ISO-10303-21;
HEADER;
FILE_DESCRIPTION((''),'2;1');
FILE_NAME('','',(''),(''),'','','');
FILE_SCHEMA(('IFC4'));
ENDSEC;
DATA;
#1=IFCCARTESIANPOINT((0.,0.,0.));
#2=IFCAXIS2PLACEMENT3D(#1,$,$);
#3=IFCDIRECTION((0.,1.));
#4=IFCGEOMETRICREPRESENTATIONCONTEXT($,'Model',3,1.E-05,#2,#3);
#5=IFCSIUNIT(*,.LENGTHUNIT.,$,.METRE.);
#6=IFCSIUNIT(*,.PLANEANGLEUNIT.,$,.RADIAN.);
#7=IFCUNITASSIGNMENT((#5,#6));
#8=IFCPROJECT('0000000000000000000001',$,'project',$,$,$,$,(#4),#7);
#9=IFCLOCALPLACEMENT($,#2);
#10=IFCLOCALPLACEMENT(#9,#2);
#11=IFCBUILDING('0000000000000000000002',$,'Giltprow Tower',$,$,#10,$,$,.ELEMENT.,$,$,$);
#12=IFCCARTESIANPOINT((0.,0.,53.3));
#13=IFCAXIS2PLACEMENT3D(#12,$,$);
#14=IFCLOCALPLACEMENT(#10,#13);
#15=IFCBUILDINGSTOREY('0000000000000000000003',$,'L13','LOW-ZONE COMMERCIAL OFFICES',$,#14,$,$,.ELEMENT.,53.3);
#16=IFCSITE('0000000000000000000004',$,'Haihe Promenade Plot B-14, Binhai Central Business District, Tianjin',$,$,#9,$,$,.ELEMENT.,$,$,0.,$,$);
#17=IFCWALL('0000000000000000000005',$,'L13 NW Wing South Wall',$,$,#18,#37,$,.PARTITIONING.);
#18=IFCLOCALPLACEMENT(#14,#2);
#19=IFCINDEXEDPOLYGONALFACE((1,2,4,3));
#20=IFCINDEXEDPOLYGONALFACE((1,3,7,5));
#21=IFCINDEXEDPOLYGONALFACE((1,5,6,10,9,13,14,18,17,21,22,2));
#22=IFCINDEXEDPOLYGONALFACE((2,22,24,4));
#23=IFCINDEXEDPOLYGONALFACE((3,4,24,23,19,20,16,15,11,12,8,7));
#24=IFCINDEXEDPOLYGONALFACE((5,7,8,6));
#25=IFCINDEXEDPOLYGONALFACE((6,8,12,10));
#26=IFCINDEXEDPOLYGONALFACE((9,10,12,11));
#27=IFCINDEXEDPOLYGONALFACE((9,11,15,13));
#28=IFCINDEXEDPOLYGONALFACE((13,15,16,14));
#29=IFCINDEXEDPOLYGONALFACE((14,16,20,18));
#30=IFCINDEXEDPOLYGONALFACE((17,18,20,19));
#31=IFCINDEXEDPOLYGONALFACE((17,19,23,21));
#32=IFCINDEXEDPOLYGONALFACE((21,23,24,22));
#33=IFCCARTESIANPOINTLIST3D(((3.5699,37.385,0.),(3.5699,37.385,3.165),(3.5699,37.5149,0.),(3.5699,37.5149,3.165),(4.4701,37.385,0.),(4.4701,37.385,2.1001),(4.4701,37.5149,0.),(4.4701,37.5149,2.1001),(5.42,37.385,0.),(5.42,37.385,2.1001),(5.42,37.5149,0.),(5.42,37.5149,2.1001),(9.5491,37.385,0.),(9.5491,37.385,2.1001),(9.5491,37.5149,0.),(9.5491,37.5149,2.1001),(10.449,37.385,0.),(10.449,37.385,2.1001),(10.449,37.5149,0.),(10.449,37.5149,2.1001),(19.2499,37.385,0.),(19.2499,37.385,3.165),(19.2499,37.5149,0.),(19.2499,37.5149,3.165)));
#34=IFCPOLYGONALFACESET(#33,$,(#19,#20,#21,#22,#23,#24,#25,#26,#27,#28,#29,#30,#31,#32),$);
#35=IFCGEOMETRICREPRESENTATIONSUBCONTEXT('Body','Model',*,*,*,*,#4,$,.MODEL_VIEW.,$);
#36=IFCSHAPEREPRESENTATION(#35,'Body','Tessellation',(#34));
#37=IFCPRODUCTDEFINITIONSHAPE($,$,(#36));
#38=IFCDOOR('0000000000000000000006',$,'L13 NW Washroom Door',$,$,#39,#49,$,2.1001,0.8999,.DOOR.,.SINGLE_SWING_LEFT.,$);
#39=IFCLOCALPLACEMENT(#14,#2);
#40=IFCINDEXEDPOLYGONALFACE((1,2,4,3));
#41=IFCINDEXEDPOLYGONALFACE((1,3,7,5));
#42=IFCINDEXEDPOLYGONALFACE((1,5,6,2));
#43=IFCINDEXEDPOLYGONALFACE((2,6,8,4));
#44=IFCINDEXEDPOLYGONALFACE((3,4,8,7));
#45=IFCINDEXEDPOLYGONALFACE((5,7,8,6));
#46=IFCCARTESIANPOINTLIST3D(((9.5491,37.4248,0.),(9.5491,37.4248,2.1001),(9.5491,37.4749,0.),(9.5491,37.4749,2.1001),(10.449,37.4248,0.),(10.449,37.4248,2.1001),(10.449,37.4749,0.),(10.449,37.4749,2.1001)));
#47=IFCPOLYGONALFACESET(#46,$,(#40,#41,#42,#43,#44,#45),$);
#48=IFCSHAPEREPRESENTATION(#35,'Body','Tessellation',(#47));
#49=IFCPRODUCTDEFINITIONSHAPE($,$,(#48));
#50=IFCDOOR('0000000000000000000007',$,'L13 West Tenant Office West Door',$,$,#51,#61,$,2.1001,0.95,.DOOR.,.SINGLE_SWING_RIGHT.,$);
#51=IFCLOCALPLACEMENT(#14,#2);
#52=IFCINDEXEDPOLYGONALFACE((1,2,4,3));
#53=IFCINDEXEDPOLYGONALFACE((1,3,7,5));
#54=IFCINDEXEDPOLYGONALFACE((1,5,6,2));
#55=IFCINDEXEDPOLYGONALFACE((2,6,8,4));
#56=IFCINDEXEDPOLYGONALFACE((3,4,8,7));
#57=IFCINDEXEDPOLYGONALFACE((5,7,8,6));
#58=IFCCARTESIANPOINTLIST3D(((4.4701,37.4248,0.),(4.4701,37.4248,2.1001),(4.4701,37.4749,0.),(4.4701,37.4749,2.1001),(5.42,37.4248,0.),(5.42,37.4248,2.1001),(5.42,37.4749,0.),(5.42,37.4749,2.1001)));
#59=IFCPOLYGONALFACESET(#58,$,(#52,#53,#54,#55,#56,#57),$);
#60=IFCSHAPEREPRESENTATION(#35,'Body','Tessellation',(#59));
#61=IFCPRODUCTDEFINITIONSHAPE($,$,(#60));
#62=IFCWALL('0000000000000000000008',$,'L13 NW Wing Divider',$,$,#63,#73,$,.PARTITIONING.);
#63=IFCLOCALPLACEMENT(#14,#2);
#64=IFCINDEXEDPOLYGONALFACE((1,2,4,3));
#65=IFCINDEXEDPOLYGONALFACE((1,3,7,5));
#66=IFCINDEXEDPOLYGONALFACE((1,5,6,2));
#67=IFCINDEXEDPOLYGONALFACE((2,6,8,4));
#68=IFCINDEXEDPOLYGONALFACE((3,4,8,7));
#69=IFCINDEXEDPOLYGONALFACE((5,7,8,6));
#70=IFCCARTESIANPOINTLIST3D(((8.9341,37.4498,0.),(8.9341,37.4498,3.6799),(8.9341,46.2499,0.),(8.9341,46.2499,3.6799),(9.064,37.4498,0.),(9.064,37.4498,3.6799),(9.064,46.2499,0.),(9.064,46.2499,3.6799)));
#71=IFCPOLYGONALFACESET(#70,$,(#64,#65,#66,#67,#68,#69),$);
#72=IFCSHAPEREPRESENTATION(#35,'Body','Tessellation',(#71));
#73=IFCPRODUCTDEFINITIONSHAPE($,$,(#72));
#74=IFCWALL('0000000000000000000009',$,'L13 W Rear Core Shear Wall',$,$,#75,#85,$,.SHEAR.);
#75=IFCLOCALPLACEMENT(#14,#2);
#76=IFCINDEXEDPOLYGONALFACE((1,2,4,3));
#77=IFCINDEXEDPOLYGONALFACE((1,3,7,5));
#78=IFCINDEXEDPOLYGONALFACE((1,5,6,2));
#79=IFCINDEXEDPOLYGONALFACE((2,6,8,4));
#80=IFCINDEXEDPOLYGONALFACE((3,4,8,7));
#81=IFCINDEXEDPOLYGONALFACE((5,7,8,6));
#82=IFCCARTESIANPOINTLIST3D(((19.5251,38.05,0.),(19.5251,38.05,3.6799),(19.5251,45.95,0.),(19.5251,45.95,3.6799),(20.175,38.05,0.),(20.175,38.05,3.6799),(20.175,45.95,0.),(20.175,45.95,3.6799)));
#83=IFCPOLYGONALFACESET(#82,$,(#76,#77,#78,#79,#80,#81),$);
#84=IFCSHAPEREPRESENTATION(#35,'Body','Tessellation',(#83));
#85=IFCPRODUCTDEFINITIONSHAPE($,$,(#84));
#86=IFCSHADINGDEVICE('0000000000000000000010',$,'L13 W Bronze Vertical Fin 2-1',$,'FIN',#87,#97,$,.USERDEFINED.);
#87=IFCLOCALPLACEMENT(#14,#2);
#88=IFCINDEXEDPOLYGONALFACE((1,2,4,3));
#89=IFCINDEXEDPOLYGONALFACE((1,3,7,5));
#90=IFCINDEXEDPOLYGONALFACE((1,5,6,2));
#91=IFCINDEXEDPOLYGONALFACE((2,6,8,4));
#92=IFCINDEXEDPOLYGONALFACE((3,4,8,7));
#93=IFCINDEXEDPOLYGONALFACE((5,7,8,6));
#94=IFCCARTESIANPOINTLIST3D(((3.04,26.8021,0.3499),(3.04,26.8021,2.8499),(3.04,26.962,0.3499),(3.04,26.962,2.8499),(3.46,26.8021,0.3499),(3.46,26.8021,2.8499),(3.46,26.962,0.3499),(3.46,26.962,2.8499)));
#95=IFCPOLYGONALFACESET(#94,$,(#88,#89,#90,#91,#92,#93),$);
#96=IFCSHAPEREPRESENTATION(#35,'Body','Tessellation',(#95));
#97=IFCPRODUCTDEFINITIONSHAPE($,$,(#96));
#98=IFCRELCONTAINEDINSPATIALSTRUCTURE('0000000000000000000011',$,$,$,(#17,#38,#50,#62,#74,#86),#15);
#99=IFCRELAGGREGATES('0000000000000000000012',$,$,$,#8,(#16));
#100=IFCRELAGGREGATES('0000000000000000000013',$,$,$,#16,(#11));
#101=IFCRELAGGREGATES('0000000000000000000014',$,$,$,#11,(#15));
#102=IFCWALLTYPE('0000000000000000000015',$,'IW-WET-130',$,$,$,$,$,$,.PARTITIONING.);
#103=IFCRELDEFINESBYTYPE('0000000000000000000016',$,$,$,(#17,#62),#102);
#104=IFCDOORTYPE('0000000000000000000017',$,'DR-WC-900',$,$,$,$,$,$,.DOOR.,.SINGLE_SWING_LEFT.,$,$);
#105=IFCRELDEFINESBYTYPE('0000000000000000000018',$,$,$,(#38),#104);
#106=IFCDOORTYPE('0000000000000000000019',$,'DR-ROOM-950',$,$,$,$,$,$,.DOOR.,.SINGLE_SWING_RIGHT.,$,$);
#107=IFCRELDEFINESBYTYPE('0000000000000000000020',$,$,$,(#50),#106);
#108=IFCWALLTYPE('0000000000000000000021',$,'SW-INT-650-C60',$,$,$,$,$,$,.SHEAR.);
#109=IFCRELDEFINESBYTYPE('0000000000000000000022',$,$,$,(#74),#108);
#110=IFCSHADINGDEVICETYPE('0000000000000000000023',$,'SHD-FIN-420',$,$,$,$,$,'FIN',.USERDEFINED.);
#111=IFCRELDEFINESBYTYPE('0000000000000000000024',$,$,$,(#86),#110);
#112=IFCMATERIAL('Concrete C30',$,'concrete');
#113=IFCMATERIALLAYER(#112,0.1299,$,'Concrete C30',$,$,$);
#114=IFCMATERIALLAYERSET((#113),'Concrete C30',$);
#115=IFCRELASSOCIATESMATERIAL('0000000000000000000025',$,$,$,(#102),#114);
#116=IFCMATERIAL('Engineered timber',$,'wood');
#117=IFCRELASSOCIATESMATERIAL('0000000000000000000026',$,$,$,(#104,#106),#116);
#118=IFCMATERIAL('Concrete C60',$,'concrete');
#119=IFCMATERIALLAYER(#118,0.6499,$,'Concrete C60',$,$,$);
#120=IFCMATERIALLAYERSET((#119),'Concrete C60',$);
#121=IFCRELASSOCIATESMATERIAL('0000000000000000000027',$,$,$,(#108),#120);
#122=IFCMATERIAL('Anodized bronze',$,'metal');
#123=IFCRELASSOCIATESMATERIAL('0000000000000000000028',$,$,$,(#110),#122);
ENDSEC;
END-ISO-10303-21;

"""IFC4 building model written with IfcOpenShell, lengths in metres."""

from ifc_helpers import new_model, si_unit, direction, frame, frame_2d, origin, origin_2d, place, context, subcontext, project, spatial, rectangle, extrude, source, transform, mapped, material, layer, layer_set, type_object, element, fill, save


model = new_model("IFC4")

# Units and contexts
model_context = context("Model", 3, precision=1e-05, world=origin(), true_north=direction((0.0, 1.0)))
body_context = subcontext(model_context, "Body", "Model", "MODEL_VIEW")
ifc_project = project(units=[si_unit("LENGTHUNIT", "METRE"), si_unit("PLANEANGLEUNIT", "RADIAN")], contexts=[model_context])

# Site, building, storey
site_placement = place(None, origin())
site = spatial("IfcSite", under=ifc_project, at=site_placement, Name="Haihe Promenade Plot B-14, Binhai Central Business District, Tianjin", CompositionType="ELEMENT", RefElevation=0.0)
building_placement = place(site_placement, origin())
building = spatial("IfcBuilding", under=site, at=building_placement, Name="Giltprow Tower", CompositionType="ELEMENT")
storey_placement = place(building_placement, frame((0.0, 0.0, 53.3)))
storey = spatial("IfcBuildingStorey", under=building, at=storey_placement, Name="L13", Description="LOW-ZONE COMMERCIAL OFFICES", CompositionType="ELEMENT", Elevation=53.3)

# Shared definitions
ifc_material_1 = material(Name="Concrete C60", Category="concrete")

# Shared definitions
ifc_material_2 = material(Name="Engineered timber", Category="wood")

# Wall, openings, doors
ifc_material_3 = material(Name="Concrete C30", Category="concrete")
ifc_layer_1 = layer(ifc_material_3, 0.1299, Name="Concrete C30")
ifc_layer_set_1 = layer_set([ifc_layer_1], Name="Concrete C30")
wall_type_1 = type_object("IfcWallType", Name="IW-WET-130", PredefinedType="PARTITIONING", material=ifc_layer_set_1)
wall_1_placement = place(storey_placement, frame((3.5701, 37.45, 0.0), z_axis=(0.0, 0.0, 1.0), x_axis=(1.0, 0.0, 0.0)))
wall_1 = element("IfcWall", 1, at=wall_1_placement, inside=storey, type_object=wall_type_1, Name="L13 NW Wing South Wall", PredefinedType="PARTITIONING", context=body_context, shape_type="SweptSolid", body=[
    extrude(rectangle(XDim=15.6799, YDim=0.1299, at=frame_2d((7.8398, 0.0))), origin(), (0.0, 0.0, 1.0), 3.165),
])
opening_1_placement = place(wall_1_placement, frame((0.8999, 0.0, 0.0)))
opening_1 = element("IfcOpeningElement", 2, at=opening_1_placement, cuts=wall_1, PredefinedType="OPENING", context=body_context, shape_type="SweptSolid", body=[
    extrude(rectangle(XDim=0.95, YDim=2.1001, at=frame_2d((0.4751, 1.05))), frame((0.0, 0.075, 0.0), z_axis=(0.0, -1.0, 0.0), x_axis=(1.0, 0.0, 0.0)), (0.0, 0.0, 1.0), 0.1499),
])
opening_2_placement = place(wall_1_placement, frame((5.979, 0.0, 0.0)))
opening_2 = element("IfcOpeningElement", 3, at=opening_2_placement, cuts=wall_1, PredefinedType="OPENING", context=body_context, shape_type="SweptSolid", body=[
    extrude(rectangle(XDim=0.8999, YDim=2.1001, at=frame_2d((0.45, 1.05))), frame((0.0, 0.075, 0.0), z_axis=(0.0, -1.0, 0.0), x_axis=(1.0, 0.0, 0.0)), (0.0, 0.0, 1.0), 0.1499),
])
door_type_1 = type_object("IfcDoorType", Name="DR-WC-900", OperationType="SINGLE_SWING_LEFT", PredefinedType="DOOR", material=ifc_material_2)
shared_shape_1 = source(origin(), body_context, "Body", "SweptSolid", [
    extrude(rectangle(XDim=0.8999, YDim=2.1001, at=frame_2d((0.45, 1.05))), frame((0.0, 0.0249, 0.0), z_axis=(0.0, -1.0, 0.0), x_axis=(1.0, 0.0, 0.0)), (0.0, 0.0, 1.0), 0.05),
])
door_1_placement = place(opening_2_placement, origin())
door_1 = element("IfcDoor", 4, at=door_1_placement, inside=storey, type_object=door_type_1, Name="L13 NW Washroom Door", OperationType="SINGLE_SWING_LEFT", OverallHeight=2.1001, OverallWidth=0.8999, PredefinedType="DOOR", context=body_context, shape_type="MappedRepresentation", body=[
    mapped(shared_shape_1, transform((0.0, 0.0, 0.0), x_axis=(1.0, 0.0, 0.0), y_axis=(0.0, 1.0, 0.0), z_axis=(0.0, 0.0, 1.0), scale=1.0)),
])
fill(opening_2, door_1)
door_type_2 = type_object("IfcDoorType", Name="DR-ROOM-950", OperationType="SINGLE_SWING_RIGHT", PredefinedType="DOOR", material=ifc_material_2)
shared_shape_2 = source(origin(), body_context, "Body", "SweptSolid", [
    extrude(rectangle(XDim=0.95, YDim=2.1001, at=frame_2d((0.4751, 1.05))), frame((0.0, 0.0249, 0.0), z_axis=(0.0, -1.0, 0.0), x_axis=(1.0, 0.0, 0.0)), (0.0, 0.0, 1.0), 0.05),
])
door_2_placement = place(opening_1_placement, origin())
door_2 = element("IfcDoor", 5, at=door_2_placement, inside=storey, type_object=door_type_2, Name="L13 West Tenant Office West Door", OperationType="SINGLE_SWING_RIGHT", OverallHeight=2.1001, OverallWidth=0.95, PredefinedType="DOOR", context=body_context, shape_type="MappedRepresentation", body=[
    mapped(shared_shape_2, transform((0.0, 0.0, 0.0), x_axis=(1.0, 0.0, 0.0), y_axis=(0.0, 1.0, 0.0), z_axis=(0.0, 0.0, 1.0), scale=1.0)),
])
fill(opening_1, door_2)

# Wall
wall_2_placement = place(storey_placement, frame((8.999, 37.45, 0.0), z_axis=(0.0, 0.0, 1.0), x_axis=(0.0, 1.0, 0.0)))
element("IfcWall", 6, at=wall_2_placement, inside=storey, type_object=wall_type_1, Name="L13 NW Wing Divider", PredefinedType="PARTITIONING", context=body_context, shape_type="SweptSolid", body=[
    extrude(rectangle(XDim=8.8, YDim=0.1299, at=frame_2d((4.3999, 0.0))), origin(), (0.0, 0.0, 1.0), 3.6799),
])

# Shared definitions
ifc_layer_2 = layer(ifc_material_1, 0.6499, Name="Concrete C60")
ifc_layer_set_2 = layer_set([ifc_layer_2], Name="Concrete C60")
wall_type_2 = type_object("IfcWallType", Name="SW-INT-650-C60", PredefinedType="SHEAR", material=ifc_layer_set_2)

# Wall
wall_3_placement = place(storey_placement, frame((19.8501, 38.05, 0.0), z_axis=(0.0, 0.0, 1.0), x_axis=(0.0, 1.0, 0.0)))
element("IfcWall", 7, at=wall_3_placement, inside=storey, type_object=wall_type_2, Name="L13 W Rear Core Shear Wall", PredefinedType="SHEAR", context=body_context, shape_type="SweptSolid", body=[
    extrude(rectangle(XDim=7.8999, YDim=0.6499, at=frame_2d((3.95, 0.0))), origin(), (0.0, 0.0, 1.0), 3.6799),
])

# Shading device
ifc_material_4 = material(Name="Anodized bronze", Category="metal")
shading_device_type = type_object("IfcShadingDeviceType", Name="SHD-FIN-420", ElementType="FIN", PredefinedType="USERDEFINED", material=ifc_material_4)
shared_shape_3 = source(origin(), body_context, "Body", "SweptSolid", [
    extrude(rectangle(XDim=0.4199, YDim=0.1599, at=origin_2d()), origin(), (0.0, 0.0, 1.0), 2.5),
])
shading_device_placement = place(storey_placement, frame((3.25, 26.8821, 0.3499), z_axis=(0.0, 0.0, 1.0), x_axis=(1.0, 0.0, 0.0)))
element("IfcShadingDevice", 8, at=shading_device_placement, inside=storey, type_object=shading_device_type, Name="L13 W Bronze Vertical Fin 2-1", ObjectType="FIN", PredefinedType="USERDEFINED", context=body_context, shape_type="MappedRepresentation", body=[
    mapped(shared_shape_3, transform((0.0, 0.0, 0.0), x_axis=(1.0, 0.0, 0.0), y_axis=(0.0, 1.0, 0.0), z_axis=(0.0, 0.0, 1.0), scale=1.0)),
])

save(model, "model.ifc")
